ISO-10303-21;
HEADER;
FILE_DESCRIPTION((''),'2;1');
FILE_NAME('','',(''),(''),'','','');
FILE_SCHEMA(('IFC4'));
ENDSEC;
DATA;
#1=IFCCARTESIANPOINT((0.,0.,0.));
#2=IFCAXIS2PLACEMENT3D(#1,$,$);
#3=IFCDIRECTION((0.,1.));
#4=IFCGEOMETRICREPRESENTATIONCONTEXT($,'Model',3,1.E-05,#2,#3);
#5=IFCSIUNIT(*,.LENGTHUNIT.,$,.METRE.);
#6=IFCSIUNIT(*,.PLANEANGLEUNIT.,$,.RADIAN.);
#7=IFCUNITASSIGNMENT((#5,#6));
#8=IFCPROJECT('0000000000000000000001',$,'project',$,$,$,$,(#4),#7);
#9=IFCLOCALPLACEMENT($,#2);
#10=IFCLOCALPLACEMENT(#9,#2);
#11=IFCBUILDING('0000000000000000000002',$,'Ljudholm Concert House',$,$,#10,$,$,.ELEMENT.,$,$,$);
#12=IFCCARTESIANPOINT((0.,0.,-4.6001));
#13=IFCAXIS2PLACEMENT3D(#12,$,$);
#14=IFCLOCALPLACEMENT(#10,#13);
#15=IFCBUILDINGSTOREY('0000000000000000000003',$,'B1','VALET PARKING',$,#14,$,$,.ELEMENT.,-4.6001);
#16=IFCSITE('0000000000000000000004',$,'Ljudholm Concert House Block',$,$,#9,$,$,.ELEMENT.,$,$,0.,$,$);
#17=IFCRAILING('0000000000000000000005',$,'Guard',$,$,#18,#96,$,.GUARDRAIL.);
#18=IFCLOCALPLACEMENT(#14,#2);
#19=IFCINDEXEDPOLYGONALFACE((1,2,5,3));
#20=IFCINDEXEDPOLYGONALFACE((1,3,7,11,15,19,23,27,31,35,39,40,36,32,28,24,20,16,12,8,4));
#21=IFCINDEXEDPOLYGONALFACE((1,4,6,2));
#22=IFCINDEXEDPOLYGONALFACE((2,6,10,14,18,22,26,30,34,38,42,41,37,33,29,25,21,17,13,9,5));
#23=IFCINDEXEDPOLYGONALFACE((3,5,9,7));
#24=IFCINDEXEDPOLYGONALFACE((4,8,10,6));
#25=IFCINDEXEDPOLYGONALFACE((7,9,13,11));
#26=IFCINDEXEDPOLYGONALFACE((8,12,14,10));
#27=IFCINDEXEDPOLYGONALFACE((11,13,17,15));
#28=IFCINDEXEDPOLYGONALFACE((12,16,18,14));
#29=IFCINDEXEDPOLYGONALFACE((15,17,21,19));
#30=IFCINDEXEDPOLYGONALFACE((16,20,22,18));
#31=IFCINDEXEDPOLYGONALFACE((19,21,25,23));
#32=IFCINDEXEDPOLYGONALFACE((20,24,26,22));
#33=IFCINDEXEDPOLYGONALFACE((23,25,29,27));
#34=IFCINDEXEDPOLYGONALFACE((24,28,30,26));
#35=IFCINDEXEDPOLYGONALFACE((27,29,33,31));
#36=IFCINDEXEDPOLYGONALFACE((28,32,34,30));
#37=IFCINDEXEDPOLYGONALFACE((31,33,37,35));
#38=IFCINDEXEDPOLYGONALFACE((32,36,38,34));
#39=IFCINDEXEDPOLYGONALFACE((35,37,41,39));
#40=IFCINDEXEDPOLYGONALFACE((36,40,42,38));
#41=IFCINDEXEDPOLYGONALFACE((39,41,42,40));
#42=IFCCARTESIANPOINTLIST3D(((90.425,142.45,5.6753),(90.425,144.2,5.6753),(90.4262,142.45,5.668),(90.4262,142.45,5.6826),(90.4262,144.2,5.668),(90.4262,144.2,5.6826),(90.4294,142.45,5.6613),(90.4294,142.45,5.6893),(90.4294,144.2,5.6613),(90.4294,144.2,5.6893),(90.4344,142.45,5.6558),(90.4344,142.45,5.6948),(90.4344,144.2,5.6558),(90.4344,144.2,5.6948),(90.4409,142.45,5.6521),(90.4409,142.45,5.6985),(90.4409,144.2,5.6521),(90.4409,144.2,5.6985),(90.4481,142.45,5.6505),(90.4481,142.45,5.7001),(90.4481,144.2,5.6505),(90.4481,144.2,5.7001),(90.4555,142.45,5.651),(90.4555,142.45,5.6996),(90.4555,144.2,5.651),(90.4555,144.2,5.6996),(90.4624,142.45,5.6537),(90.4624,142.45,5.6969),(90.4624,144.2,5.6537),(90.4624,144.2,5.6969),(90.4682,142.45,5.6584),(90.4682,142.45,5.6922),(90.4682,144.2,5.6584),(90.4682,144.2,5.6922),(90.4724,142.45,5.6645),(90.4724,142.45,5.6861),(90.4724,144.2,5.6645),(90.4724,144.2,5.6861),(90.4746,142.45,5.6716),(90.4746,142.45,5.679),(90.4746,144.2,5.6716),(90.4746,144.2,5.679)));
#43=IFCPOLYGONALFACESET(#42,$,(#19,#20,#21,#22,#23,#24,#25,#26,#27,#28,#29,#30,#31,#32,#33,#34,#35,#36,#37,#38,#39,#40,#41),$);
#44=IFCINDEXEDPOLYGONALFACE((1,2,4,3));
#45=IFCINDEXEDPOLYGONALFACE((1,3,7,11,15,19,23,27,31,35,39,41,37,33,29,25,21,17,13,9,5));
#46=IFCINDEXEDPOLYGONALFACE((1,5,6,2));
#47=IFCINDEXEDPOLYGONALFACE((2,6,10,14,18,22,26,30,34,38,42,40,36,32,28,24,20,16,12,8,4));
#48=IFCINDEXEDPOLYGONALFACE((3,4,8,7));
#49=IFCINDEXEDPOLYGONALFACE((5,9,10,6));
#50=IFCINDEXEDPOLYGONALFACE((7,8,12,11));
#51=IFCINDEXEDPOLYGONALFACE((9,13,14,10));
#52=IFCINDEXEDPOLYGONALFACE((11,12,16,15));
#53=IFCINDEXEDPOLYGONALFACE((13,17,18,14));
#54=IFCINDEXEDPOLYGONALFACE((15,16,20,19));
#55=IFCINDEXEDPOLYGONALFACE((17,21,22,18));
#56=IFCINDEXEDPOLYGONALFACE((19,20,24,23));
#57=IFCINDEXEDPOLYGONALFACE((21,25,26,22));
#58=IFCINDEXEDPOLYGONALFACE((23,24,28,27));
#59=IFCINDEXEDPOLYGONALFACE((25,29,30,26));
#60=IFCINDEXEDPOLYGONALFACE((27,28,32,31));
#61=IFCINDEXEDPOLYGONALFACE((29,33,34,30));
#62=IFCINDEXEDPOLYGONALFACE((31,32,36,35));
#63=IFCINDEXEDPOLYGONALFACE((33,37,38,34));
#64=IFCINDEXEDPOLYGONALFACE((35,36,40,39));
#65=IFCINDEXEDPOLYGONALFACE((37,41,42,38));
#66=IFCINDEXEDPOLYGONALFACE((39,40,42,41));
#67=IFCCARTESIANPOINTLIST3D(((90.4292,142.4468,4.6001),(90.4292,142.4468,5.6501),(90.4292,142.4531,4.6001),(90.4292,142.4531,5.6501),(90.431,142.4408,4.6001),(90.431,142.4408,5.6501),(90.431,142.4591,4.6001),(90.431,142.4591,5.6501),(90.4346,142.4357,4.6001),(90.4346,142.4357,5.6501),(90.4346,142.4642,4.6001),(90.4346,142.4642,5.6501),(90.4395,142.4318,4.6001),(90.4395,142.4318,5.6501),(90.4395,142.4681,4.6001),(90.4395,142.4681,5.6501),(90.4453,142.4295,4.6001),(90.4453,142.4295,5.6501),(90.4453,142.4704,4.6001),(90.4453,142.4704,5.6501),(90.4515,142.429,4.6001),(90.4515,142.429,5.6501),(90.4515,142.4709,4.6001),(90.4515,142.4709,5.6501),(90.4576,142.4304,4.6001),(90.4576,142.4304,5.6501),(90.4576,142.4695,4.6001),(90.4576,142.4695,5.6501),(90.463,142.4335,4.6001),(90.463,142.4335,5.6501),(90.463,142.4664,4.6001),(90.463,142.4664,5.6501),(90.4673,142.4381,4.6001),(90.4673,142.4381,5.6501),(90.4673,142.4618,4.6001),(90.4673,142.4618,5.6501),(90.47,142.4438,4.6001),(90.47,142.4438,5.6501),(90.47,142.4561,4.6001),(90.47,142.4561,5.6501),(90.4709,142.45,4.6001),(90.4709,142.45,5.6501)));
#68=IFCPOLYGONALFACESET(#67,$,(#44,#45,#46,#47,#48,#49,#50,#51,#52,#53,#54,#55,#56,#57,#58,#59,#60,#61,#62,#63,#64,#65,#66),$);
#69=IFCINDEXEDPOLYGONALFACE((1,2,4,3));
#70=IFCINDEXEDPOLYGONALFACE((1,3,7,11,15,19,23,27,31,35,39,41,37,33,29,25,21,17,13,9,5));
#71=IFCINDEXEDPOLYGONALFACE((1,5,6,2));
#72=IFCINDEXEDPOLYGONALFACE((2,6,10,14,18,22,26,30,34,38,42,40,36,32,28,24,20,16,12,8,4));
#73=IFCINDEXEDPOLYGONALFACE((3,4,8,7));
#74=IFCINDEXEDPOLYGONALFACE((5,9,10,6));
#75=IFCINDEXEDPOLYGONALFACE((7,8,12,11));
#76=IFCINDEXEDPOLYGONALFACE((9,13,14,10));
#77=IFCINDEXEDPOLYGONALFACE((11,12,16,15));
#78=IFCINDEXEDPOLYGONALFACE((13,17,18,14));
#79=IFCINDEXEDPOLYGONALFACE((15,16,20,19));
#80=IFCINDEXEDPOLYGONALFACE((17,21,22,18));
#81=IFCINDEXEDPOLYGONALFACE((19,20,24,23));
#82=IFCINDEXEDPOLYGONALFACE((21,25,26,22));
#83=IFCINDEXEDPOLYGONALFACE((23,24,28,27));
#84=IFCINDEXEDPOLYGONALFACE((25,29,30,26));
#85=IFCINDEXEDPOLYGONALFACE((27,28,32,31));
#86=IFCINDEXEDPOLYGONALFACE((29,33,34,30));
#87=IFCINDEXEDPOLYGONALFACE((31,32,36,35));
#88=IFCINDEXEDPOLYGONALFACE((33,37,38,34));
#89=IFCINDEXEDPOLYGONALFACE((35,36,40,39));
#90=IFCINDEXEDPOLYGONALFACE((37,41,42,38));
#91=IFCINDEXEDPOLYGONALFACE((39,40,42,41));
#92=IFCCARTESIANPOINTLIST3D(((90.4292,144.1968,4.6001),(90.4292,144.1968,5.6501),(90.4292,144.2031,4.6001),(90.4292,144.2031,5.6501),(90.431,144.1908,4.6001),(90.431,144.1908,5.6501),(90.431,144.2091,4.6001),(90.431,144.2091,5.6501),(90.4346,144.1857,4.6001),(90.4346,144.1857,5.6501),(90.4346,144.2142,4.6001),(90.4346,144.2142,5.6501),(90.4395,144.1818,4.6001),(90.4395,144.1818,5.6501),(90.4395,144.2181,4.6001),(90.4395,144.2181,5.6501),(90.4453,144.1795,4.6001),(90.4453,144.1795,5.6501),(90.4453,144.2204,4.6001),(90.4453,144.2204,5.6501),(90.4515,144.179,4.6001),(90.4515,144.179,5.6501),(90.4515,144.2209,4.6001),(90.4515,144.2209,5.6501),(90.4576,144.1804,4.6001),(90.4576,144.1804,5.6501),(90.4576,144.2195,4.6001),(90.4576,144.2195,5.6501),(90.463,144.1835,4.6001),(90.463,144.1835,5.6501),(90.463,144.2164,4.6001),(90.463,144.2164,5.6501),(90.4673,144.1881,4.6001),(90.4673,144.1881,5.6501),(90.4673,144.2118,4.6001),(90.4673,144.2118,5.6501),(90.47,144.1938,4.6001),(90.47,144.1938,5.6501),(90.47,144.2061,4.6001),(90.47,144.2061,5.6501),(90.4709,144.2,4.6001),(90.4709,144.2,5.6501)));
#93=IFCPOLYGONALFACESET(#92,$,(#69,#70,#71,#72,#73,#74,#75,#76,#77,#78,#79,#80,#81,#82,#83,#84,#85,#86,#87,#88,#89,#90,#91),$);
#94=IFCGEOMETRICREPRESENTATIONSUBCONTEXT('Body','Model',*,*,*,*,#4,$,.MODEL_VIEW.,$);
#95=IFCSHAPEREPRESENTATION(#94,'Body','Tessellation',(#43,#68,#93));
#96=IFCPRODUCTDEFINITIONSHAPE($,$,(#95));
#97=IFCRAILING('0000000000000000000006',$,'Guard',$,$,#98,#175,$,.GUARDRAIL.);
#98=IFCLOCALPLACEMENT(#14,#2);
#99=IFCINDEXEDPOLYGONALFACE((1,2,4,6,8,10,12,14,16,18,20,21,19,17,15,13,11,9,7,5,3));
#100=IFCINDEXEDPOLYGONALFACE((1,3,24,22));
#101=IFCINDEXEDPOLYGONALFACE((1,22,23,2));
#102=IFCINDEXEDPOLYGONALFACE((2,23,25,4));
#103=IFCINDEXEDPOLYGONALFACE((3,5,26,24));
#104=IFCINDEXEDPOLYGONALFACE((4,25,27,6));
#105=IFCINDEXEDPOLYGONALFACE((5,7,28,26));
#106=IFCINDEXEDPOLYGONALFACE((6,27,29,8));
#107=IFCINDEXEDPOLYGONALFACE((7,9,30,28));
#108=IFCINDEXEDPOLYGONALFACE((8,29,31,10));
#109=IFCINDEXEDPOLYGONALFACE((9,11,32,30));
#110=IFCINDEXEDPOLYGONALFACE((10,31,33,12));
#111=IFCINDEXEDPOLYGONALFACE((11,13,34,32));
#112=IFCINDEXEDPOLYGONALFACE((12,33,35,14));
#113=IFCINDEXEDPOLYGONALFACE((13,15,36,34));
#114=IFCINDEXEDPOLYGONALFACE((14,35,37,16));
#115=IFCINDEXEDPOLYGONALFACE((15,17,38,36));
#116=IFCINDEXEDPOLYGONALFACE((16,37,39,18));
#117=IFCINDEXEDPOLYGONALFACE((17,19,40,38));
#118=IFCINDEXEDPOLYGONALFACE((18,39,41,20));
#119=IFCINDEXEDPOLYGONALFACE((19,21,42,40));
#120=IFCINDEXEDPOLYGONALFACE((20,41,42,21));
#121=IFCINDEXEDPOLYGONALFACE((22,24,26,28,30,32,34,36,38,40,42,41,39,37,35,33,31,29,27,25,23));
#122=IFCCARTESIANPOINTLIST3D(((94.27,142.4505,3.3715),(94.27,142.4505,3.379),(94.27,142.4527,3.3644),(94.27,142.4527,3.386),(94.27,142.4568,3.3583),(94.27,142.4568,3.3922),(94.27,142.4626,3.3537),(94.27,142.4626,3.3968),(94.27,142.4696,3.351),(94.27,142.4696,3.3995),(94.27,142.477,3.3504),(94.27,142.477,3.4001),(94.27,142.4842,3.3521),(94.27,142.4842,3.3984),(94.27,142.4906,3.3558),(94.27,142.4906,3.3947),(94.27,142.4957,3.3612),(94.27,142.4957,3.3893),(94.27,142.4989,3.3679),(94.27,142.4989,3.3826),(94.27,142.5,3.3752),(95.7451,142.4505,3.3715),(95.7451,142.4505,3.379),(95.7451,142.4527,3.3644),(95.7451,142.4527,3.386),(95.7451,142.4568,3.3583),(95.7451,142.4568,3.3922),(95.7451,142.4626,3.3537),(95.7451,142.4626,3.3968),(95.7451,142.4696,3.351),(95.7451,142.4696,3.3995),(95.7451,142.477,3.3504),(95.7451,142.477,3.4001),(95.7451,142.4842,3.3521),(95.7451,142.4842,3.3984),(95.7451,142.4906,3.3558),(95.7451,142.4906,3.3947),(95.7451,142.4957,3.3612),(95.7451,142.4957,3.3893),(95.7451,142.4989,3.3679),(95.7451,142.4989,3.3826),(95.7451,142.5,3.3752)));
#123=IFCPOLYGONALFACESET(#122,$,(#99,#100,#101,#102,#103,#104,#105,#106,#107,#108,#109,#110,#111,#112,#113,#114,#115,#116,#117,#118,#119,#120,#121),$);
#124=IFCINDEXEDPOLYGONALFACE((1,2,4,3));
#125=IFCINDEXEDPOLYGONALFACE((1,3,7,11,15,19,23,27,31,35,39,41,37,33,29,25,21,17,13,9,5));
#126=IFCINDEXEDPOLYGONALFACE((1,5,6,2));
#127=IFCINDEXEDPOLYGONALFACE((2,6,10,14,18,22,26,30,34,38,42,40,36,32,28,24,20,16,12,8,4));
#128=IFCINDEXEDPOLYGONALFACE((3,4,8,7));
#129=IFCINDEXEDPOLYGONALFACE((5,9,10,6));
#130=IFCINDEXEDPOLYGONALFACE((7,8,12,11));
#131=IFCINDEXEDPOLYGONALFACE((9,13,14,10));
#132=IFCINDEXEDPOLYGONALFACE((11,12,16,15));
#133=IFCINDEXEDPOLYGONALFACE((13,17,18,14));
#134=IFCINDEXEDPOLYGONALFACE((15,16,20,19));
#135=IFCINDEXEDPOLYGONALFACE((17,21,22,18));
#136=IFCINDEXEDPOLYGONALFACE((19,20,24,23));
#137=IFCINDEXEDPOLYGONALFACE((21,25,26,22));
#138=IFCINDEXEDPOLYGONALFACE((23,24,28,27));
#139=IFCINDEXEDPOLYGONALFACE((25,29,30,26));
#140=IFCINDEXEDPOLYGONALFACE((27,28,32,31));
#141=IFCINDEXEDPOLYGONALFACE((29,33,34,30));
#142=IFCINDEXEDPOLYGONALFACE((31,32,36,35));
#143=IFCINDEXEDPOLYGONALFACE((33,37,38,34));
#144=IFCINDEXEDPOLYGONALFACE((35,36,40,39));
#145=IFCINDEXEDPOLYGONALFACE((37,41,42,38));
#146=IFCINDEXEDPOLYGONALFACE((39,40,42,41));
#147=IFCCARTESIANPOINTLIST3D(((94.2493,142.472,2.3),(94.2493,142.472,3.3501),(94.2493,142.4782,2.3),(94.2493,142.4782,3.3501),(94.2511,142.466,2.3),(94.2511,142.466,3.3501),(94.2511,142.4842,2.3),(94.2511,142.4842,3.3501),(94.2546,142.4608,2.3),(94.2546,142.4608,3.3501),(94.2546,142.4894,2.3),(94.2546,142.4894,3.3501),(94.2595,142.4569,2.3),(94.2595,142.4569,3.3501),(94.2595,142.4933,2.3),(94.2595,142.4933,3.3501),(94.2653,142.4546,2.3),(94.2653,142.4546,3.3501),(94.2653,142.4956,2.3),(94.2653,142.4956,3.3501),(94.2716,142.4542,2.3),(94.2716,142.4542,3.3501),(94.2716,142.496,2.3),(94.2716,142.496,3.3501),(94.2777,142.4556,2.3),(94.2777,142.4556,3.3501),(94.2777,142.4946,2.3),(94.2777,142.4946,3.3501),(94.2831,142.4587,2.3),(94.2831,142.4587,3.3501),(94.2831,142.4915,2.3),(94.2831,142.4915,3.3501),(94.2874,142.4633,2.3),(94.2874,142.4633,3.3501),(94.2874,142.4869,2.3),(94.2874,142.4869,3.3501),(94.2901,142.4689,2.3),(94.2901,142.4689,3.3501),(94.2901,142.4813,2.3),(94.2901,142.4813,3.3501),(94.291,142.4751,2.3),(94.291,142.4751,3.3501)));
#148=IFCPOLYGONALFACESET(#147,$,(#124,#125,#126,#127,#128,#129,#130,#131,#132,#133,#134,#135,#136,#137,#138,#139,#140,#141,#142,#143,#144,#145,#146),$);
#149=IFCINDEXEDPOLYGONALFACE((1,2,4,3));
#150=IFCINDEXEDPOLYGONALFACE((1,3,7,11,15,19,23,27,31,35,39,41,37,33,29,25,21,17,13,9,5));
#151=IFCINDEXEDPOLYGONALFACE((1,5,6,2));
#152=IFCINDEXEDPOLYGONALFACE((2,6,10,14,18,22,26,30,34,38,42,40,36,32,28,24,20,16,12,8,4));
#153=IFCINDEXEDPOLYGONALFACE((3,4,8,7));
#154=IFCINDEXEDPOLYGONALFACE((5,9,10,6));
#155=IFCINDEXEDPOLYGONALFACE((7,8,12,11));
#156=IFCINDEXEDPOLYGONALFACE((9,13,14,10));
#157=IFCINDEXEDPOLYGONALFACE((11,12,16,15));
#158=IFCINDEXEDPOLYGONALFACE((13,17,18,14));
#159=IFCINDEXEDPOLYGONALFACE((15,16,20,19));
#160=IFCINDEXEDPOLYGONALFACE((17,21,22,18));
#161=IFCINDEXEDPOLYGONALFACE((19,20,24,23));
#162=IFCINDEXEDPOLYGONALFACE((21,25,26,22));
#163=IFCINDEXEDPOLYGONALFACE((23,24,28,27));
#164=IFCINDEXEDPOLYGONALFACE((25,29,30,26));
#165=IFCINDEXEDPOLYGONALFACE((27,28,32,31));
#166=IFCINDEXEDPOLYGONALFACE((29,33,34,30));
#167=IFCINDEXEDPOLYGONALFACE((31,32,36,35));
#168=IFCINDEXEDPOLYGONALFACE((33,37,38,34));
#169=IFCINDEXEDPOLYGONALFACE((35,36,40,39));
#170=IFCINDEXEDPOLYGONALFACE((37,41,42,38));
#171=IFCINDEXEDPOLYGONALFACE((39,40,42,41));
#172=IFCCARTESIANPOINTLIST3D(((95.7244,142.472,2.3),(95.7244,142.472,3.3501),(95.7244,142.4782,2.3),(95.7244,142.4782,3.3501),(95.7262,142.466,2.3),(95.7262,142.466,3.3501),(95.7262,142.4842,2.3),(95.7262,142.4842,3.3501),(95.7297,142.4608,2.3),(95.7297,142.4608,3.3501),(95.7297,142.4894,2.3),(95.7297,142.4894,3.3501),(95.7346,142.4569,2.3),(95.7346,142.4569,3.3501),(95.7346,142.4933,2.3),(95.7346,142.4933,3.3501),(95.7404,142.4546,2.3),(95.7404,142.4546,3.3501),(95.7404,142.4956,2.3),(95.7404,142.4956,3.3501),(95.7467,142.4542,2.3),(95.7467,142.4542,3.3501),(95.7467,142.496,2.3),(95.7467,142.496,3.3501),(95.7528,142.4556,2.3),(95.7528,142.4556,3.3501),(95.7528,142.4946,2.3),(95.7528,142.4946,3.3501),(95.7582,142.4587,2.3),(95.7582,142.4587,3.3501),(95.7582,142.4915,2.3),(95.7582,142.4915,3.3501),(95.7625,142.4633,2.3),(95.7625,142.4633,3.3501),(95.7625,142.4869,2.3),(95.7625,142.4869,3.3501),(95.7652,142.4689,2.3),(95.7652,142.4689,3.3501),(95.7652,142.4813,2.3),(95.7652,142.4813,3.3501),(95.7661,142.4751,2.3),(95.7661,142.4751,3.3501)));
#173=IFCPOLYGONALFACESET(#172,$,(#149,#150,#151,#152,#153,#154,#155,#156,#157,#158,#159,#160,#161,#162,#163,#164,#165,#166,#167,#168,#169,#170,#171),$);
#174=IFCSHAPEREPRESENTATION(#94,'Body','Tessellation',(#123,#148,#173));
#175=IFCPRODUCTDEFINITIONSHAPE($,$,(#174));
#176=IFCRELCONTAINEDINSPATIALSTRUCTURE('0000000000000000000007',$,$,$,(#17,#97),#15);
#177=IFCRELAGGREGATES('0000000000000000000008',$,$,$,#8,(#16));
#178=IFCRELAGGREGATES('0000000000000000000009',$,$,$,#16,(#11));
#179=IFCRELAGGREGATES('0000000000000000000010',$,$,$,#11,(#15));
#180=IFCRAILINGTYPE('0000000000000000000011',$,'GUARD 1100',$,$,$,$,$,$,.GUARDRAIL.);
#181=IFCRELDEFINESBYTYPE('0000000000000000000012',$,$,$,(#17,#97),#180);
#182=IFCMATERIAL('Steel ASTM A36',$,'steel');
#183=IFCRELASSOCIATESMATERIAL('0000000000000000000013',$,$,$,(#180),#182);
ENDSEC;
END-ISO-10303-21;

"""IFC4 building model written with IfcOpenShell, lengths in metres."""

from ifc_helpers import new_model, si_unit, direction, frame, origin, origin_2d, place, context, subcontext, project, spatial, circle, extrude, material, type_object, element, save


model = new_model("IFC4")

# Units and contexts
model_context = context("Model", 3, precision=1e-05, world=origin(), true_north=direction((0.0, 1.0)))
body_context = subcontext(model_context, "Body", "Model", "MODEL_VIEW")
ifc_project = project(units=[si_unit("LENGTHUNIT", "METRE"), si_unit("PLANEANGLEUNIT", "RADIAN")], contexts=[model_context])

# Site, building, storey
site_placement = place(None, origin())
site = spatial("IfcSite", under=ifc_project, at=site_placement, Name="Ljudholm Concert House Block", CompositionType="ELEMENT", RefElevation=0.0)
building_placement = place(site_placement, origin())
building = spatial("IfcBuilding", under=site, at=building_placement, Name="Ljudholm Concert House", CompositionType="ELEMENT")
storey_placement = place(building_placement, frame((0.0, 0.0, -4.6001)))
storey = spatial("IfcBuildingStorey", under=building, at=storey_placement, Name="B1", Description="VALET PARKING", CompositionType="ELEMENT", Elevation=-4.6001)

# Railings
ifc_material_1 = material(Name="Steel ASTM A36", Category="steel")
railing_type_1 = type_object("IfcRailingType", Name="GUARD 1100", PredefinedType="GUARDRAIL", material=ifc_material_1)
railing_1_placement = place(storey_placement, frame((90.45, 142.45, 4.6001)))
element("IfcRailing", 1, at=railing_1_placement, inside=storey, type_object=railing_type_1, Name="Guard", PredefinedType="GUARDRAIL", context=body_context, shape_type="SweptSolid", body=[
    extrude(circle(Radius=0.0249, at=origin_2d()), frame((0.0, 0.0, 1.0752), z_axis=(0.0, 1.0, 0.0), x_axis=(-1.0, 0.0, 0.0)), (0.0, 0.0, 1.0), 1.75),
    extrude(circle(Radius=0.021, at=origin_2d()), origin(), (0.0, 0.0, 1.0), 1.05),
    extrude(circle(Radius=0.021, at=origin_2d()), frame((0.0, 1.75, 0.0)), (0.0, 0.0, 1.0), 1.05),
])
for number, where, name in (
    (2, (94.27, 142.4751, 2.3), "Guard"),
):
    element("IfcRailing", number, at=place(storey_placement, frame(where)), inside=storey, type_object=railing_type_1, Name=name, PredefinedType="GUARDRAIL", context=body_context, shape_type="SweptSolid", body=[
        extrude(circle(Radius=0.0249, at=origin_2d()), frame((0.0, 0.0, 1.0752), z_axis=(1.0, 0.0, 0.0), x_axis=(0.0, 1.0, 0.0)), (0.0, 0.0, 1.0), 1.4751),
        extrude(circle(Radius=0.021, at=origin_2d()), origin(), (0.0, 0.0, 1.0), 1.05),
        extrude(circle(Radius=0.021, at=origin_2d()), frame((1.4751, 0.0, 0.0)), (0.0, 0.0, 1.0), 1.05),
    ])

save(model, "model.ifc")
